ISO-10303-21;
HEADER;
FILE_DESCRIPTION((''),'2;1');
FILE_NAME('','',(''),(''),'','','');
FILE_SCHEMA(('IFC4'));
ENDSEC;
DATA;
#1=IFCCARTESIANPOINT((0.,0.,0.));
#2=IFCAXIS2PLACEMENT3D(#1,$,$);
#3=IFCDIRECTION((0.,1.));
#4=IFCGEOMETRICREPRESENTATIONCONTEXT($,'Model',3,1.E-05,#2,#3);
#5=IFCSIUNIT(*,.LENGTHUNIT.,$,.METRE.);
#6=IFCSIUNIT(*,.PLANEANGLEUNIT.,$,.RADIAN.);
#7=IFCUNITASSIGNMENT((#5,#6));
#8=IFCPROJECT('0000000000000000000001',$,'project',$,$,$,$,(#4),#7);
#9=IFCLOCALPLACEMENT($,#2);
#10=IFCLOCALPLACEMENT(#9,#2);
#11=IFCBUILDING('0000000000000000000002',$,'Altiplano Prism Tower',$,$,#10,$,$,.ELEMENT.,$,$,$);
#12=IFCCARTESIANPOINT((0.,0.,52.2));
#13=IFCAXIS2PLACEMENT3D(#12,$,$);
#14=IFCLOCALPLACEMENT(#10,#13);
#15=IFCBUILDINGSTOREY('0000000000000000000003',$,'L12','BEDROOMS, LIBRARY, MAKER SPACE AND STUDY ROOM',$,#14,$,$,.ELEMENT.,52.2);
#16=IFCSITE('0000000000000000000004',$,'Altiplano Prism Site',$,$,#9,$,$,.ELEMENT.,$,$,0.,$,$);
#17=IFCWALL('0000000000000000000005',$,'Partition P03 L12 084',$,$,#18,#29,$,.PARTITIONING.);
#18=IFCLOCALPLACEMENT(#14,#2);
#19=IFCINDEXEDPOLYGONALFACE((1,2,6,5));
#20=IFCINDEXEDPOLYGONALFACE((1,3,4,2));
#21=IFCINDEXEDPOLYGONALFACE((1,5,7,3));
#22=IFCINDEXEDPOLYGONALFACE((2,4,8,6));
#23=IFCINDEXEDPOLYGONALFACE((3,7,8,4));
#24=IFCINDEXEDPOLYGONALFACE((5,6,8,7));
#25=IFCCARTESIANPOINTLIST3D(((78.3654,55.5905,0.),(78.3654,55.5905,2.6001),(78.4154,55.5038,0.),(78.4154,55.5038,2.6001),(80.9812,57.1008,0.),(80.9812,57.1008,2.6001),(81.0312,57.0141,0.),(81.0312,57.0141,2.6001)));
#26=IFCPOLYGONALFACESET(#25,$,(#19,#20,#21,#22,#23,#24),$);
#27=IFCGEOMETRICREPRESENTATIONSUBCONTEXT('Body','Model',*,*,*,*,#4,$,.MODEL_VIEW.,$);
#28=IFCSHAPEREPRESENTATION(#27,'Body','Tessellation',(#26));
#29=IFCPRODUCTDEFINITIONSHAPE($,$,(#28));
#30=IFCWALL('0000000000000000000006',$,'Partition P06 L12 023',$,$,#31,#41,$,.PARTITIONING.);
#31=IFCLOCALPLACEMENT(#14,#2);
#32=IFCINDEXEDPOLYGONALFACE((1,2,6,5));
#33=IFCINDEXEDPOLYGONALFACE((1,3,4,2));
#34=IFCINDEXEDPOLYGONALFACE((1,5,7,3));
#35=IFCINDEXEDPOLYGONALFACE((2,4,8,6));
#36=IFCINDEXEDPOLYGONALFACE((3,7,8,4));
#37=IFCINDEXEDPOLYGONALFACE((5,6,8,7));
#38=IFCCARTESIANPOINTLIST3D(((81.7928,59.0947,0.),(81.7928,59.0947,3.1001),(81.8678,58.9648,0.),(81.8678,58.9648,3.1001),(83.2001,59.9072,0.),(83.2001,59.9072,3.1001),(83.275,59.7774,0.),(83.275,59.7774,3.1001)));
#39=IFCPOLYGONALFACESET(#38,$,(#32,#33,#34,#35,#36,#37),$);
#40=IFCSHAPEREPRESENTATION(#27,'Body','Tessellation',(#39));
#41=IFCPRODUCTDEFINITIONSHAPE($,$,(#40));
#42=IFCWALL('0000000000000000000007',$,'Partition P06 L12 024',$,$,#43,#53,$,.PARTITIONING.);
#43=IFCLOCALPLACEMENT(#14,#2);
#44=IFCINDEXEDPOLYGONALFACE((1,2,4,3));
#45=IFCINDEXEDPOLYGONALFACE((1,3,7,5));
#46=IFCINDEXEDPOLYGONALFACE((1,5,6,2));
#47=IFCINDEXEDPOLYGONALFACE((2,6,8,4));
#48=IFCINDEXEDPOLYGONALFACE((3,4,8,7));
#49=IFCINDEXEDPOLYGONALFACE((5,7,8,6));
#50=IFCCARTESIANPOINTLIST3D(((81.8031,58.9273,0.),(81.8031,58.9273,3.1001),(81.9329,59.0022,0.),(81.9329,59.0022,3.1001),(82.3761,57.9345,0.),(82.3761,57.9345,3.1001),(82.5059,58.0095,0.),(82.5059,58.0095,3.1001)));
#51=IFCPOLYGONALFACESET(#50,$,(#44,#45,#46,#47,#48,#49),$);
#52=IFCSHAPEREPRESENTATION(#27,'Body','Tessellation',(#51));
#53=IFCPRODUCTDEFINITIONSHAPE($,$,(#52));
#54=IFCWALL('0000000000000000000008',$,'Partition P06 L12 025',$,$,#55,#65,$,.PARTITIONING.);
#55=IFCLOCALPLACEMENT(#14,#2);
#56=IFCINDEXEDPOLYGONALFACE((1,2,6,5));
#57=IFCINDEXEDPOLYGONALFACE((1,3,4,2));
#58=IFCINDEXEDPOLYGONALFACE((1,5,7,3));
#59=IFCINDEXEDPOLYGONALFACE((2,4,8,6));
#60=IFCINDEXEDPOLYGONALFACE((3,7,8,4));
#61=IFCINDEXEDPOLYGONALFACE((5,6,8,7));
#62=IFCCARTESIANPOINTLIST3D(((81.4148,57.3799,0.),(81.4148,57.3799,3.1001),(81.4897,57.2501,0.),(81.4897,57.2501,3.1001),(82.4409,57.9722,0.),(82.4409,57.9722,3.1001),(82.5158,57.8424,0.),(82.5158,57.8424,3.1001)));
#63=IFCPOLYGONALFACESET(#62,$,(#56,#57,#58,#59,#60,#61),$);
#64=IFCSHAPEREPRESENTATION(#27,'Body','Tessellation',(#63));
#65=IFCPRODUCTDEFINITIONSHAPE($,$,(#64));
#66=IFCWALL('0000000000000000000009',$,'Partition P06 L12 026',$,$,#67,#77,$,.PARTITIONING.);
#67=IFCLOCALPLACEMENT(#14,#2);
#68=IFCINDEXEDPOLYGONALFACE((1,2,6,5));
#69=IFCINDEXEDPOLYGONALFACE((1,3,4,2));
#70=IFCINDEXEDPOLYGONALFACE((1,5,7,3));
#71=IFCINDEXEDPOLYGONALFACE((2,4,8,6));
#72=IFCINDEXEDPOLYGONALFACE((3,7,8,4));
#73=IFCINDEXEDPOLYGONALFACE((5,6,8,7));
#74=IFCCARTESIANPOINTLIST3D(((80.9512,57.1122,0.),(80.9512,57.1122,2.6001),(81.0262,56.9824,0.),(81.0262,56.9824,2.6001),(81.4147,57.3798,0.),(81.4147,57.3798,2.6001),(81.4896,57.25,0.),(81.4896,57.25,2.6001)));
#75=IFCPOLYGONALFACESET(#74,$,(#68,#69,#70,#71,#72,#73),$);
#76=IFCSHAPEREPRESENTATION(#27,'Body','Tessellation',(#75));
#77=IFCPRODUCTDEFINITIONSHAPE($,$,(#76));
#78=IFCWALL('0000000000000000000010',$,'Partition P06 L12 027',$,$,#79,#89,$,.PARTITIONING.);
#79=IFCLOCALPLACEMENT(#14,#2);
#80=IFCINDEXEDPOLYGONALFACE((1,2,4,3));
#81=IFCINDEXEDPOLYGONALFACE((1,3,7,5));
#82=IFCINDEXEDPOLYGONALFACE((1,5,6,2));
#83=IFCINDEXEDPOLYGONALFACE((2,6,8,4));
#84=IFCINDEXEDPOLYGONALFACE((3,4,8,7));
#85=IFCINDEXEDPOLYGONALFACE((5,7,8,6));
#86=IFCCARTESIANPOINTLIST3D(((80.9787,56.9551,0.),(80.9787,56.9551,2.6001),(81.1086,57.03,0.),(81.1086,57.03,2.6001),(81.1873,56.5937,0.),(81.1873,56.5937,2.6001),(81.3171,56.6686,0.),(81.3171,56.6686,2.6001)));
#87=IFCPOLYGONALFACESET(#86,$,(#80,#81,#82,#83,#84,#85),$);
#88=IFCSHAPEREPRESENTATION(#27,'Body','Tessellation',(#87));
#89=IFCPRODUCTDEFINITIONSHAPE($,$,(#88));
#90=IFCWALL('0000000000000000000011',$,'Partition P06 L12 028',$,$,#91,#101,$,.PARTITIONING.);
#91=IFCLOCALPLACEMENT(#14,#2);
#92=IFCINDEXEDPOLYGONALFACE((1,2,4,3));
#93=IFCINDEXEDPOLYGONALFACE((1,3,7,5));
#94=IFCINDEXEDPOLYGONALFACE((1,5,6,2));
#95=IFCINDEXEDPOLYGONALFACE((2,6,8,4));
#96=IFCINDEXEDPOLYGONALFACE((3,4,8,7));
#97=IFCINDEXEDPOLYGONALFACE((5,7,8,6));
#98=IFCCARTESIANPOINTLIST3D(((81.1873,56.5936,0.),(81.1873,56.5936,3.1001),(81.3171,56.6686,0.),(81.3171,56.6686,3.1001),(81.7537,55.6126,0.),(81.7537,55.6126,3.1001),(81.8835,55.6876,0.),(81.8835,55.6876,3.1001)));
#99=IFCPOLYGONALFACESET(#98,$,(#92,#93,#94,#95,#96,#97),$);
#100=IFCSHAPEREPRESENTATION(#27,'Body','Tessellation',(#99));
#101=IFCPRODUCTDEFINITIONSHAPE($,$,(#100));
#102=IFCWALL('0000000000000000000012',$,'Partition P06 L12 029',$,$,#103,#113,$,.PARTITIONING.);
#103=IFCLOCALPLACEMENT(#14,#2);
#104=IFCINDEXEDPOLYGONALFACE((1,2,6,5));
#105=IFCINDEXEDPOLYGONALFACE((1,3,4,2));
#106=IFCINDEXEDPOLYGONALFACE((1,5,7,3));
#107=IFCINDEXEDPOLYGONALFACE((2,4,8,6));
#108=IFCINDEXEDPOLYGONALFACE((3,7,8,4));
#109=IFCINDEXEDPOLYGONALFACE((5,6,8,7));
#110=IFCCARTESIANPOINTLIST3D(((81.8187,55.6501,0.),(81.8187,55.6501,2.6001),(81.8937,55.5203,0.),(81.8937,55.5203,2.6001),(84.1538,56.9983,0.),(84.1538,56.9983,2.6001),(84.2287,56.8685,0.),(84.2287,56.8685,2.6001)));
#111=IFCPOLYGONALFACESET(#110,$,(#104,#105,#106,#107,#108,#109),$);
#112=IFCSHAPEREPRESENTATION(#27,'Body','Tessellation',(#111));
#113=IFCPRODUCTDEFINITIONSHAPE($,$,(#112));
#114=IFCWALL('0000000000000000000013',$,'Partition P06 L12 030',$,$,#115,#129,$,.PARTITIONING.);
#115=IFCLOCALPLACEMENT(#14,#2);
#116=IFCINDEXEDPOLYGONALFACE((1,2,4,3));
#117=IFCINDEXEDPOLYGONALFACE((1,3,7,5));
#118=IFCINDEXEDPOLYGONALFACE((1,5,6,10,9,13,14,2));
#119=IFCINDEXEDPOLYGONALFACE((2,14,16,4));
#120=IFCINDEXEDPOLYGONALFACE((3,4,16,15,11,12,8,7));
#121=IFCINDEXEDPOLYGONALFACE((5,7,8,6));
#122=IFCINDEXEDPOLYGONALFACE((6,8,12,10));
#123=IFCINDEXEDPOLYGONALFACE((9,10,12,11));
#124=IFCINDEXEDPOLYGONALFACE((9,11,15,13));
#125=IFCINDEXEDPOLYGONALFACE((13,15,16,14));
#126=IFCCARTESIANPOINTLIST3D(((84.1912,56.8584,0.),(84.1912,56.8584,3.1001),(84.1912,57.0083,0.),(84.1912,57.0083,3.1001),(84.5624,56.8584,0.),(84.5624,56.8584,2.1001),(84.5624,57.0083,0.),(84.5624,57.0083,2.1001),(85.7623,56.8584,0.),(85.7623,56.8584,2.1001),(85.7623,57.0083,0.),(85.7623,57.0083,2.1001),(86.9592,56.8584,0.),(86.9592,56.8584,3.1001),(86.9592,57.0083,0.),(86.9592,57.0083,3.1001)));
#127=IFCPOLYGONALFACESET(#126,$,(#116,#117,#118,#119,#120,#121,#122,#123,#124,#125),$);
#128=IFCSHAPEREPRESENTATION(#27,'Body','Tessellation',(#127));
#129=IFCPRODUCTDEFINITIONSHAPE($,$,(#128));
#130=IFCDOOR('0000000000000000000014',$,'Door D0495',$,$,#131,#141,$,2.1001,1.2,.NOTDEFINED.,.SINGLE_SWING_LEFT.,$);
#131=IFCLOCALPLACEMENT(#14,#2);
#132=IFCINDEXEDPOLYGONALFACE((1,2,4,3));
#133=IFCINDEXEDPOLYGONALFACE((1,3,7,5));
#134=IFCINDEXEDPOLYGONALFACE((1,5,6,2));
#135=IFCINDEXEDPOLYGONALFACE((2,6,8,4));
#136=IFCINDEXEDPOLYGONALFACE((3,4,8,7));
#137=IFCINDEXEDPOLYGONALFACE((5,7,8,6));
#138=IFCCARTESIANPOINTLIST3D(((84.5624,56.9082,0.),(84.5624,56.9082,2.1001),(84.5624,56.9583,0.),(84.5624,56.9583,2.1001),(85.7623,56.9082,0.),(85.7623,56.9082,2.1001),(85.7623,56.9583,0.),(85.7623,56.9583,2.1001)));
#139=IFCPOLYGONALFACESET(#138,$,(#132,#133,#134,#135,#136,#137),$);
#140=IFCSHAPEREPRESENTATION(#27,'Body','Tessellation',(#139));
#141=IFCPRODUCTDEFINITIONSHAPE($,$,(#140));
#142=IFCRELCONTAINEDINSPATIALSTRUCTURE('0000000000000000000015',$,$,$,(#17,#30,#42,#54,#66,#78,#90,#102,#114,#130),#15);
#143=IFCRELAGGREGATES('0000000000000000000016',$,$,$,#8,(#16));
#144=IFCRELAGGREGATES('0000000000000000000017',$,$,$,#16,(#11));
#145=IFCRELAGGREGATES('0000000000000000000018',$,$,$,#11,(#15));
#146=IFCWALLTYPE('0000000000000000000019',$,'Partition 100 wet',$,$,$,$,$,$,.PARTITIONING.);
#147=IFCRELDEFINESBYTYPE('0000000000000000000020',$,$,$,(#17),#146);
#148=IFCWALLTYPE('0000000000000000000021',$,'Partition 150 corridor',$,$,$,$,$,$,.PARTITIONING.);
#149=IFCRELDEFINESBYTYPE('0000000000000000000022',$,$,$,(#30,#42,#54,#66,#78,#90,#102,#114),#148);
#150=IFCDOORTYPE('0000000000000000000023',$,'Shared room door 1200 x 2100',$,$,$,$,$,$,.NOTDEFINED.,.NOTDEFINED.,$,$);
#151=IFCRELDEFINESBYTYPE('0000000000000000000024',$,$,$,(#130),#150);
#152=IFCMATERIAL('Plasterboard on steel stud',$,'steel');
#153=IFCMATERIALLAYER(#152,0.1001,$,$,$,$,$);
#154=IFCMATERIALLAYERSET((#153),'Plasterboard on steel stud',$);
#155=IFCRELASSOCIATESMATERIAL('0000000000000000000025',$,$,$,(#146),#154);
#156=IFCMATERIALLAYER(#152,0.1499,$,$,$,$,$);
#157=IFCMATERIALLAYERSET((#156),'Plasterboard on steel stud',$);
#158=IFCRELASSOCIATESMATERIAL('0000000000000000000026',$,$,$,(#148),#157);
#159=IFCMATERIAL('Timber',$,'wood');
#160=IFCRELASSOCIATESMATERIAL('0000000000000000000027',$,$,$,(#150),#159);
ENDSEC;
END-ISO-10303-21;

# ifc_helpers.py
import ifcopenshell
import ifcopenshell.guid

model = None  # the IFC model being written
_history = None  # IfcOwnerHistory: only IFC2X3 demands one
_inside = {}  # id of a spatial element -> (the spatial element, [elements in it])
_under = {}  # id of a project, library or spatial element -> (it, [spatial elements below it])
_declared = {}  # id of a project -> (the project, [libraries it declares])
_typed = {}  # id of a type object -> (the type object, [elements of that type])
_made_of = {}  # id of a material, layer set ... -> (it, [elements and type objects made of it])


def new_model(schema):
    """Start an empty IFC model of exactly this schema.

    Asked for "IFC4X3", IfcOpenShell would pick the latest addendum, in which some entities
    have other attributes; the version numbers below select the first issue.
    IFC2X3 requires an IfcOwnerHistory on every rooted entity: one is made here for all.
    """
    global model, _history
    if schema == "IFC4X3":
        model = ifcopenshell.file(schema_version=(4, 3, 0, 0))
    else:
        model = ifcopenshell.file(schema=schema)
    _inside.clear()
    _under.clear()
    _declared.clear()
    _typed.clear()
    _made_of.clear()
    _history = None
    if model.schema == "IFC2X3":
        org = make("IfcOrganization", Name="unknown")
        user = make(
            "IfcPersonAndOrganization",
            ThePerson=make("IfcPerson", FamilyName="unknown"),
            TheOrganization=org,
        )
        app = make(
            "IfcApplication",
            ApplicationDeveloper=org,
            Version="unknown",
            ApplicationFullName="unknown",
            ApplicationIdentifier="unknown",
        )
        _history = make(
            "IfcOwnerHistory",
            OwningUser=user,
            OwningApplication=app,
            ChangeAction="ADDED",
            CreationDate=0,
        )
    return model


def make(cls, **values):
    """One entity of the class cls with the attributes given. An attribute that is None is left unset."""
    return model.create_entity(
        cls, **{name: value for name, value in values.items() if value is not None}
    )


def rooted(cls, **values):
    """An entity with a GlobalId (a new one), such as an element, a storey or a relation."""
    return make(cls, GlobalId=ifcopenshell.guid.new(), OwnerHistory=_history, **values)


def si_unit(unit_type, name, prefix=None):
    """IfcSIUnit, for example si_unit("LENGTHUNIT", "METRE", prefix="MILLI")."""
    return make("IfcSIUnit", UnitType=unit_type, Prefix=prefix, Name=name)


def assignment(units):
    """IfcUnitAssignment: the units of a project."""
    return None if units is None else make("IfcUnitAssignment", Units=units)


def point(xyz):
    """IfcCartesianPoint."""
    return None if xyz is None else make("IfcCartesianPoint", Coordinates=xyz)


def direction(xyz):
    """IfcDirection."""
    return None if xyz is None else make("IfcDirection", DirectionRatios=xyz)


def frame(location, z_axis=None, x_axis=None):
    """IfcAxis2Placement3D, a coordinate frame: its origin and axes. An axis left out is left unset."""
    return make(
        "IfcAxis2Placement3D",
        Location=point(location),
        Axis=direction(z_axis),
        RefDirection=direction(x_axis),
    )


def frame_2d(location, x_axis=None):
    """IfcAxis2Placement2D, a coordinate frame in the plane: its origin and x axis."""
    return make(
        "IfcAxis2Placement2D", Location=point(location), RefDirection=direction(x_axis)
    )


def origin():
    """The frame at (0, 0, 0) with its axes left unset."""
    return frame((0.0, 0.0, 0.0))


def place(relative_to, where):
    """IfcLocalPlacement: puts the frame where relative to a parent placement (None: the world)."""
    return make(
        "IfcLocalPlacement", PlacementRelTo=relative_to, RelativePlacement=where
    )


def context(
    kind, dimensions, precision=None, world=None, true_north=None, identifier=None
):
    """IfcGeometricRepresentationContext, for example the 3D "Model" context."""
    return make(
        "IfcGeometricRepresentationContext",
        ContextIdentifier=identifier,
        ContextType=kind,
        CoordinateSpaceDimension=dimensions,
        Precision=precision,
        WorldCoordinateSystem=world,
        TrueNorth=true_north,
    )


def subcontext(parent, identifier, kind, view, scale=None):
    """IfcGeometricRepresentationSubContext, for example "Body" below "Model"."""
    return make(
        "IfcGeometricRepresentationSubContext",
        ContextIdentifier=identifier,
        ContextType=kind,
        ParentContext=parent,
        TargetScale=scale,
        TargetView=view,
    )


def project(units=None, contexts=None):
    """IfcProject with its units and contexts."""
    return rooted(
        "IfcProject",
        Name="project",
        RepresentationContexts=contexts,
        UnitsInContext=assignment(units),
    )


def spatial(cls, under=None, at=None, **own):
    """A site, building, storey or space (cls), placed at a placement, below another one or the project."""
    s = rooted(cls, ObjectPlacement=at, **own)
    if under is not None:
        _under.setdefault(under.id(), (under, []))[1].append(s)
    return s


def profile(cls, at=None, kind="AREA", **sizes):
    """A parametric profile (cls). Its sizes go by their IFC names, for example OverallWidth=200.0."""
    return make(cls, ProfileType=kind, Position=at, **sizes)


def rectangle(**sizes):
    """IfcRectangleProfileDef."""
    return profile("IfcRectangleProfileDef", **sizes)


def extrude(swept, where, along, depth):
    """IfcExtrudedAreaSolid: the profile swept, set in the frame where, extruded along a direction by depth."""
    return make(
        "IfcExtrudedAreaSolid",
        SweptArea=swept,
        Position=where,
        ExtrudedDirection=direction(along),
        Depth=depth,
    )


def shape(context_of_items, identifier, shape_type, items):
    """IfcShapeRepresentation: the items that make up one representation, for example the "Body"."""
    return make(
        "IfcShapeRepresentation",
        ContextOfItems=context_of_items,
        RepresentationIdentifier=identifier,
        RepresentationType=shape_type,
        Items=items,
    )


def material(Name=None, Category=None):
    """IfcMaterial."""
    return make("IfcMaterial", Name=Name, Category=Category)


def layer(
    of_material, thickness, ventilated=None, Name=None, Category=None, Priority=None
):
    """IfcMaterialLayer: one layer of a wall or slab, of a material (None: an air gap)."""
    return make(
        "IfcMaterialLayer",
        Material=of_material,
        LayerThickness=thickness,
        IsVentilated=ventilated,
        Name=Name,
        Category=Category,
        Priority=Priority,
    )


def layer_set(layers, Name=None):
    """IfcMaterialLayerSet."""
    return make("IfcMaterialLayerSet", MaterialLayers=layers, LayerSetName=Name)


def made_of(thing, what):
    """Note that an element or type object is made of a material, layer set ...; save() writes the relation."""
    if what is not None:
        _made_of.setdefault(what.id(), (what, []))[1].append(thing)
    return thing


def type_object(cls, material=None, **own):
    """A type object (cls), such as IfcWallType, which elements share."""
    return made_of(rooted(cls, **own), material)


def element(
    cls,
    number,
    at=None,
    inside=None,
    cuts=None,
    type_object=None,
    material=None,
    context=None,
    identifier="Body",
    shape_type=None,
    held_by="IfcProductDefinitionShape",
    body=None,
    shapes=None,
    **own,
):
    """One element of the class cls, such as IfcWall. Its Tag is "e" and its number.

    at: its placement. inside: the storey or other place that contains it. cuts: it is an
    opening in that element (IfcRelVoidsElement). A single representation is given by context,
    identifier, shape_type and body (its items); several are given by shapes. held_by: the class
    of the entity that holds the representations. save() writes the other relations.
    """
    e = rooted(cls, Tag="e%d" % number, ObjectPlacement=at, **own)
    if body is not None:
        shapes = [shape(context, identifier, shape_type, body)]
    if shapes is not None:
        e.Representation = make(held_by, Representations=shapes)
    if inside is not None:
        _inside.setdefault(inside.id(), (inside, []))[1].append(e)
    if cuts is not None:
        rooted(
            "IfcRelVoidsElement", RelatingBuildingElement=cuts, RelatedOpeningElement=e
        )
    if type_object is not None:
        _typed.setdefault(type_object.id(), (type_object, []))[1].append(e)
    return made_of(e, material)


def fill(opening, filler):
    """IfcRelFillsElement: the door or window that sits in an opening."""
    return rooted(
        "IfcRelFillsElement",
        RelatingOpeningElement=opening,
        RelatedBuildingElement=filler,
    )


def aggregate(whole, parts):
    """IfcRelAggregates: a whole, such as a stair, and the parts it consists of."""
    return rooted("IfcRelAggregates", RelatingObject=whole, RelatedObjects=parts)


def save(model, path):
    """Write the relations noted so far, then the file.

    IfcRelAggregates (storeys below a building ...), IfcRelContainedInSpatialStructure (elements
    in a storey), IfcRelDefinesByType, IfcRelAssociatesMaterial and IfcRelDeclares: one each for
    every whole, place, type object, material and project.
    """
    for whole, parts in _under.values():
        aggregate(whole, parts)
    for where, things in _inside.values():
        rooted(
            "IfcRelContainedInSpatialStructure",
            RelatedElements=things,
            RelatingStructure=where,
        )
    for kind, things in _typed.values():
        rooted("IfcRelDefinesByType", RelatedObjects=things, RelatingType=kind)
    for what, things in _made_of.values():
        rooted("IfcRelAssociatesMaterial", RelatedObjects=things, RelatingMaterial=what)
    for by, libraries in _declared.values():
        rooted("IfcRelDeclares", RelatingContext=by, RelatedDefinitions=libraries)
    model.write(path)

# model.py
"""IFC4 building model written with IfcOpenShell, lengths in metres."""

from ifc_helpers import new_model, si_unit, direction, frame, frame_2d, origin, place, context, subcontext, project, spatial, rectangle, extrude, material, layer, layer_set, type_object, element, fill, save


model = new_model("IFC4")

# Units and contexts
model_context = context("Model", 3, precision=1e-05, world=origin(), true_north=direction((0.0, 1.0)))
body_context = subcontext(model_context, "Body", "Model", "MODEL_VIEW")
ifc_project = project(units=[si_unit("LENGTHUNIT", "METRE"), si_unit("PLANEANGLEUNIT", "RADIAN")], contexts=[model_context])

# Site, building, storey
site_placement = place(None, origin())
site = spatial("IfcSite", under=ifc_project, at=site_placement, Name="Altiplano Prism Site", CompositionType="ELEMENT", RefElevation=0.0)
building_placement = place(site_placement, origin())
building = spatial("IfcBuilding", under=site, at=building_placement, Name="Altiplano Prism Tower", CompositionType="ELEMENT")
storey_placement = place(building_placement, frame((0.0, 0.0, 52.2)))
storey = spatial("IfcBuildingStorey", under=building, at=storey_placement, Name="L12", Description="BEDROOMS, LIBRARY, MAKER SPACE AND STUDY ROOM", CompositionType="ELEMENT", Elevation=52.2)

# Shared definitions
ifc_material_1 = material(Name="Plasterboard on steel stud", Category="steel")
ifc_material_2 = material(Name="Timber", Category="wood")

# Walls
ifc_layer_1 = layer(ifc_material_1, 0.1001)
ifc_layer_set_1 = layer_set([ifc_layer_1], Name="Plasterboard on steel stud")
wall_type_1 = type_object("IfcWallType", Name="Partition 100 wet", PredefinedType="PARTITIONING", material=ifc_layer_set_1)
wall_1_placement = place(storey_placement, frame((78.3904, 55.5471, 0.0), z_axis=(0.0, 0.0, 1.0), x_axis=(0.866016, 0.500016, 0.0)))
element("IfcWall", 1, at=wall_1_placement, inside=storey, type_object=wall_type_1, Name="Partition P03 L12 084", PredefinedType="PARTITIONING", context=body_context, shape_type="SweptSolid", body=[
    extrude(rectangle(XDim=3.0205, YDim=0.1001, at=frame_2d((1.5103, 0.0))), origin(), (0.0, 0.0, 1.0), 2.6001),
])
ifc_layer_2 = layer(ifc_material_1, 0.1499)
ifc_layer_set_2 = layer_set([ifc_layer_2], Name="Plasterboard on steel stud")
wall_type_2 = type_object("IfcWallType", Name="Partition 150 corridor", PredefinedType="PARTITIONING", material=ifc_layer_set_2)
wall_2_placement = place(storey_placement, frame((83.2375, 59.8423, 0.0), z_axis=(0.0, 0.0, 1.0), x_axis=(-0.866015, -0.500017, 0.0)))
element("IfcWall", 2, at=wall_2_placement, inside=storey, type_object=wall_type_2, Name="Partition P06 L12 023", PredefinedType="PARTITIONING", context=body_context, shape_type="SweptSolid", body=[
    extrude(rectangle(XDim=1.625, YDim=0.1499, at=frame_2d((0.8125, 0.0))), origin(), (0.0, 0.0, 1.0), 3.1001),
])
wall_3_placement = place(storey_placement, frame((81.8679, 58.9648, 0.0), z_axis=(0.0, 0.0, 1.0), x_axis=(0.499919, -0.866072, 0.0)))
element("IfcWall", 3, at=wall_3_placement, inside=storey, type_object=wall_type_2, Name="Partition P06 L12 024", PredefinedType="PARTITIONING", context=body_context, shape_type="SweptSolid", body=[
    extrude(rectangle(XDim=1.1462, YDim=0.1499, at=frame_2d((0.5732, 0.0))), origin(), (0.0, 0.0, 1.0), 3.1001),
])
wall_4_placement = place(storey_placement, frame((82.4783, 57.9072, 0.0), z_axis=(0.0, 0.0, 1.0), x_axis=(-0.866079, -0.499907, 0.0)))
element("IfcWall", 4, at=wall_4_placement, inside=storey, type_object=wall_type_2, Name="Partition P06 L12 025", PredefinedType="PARTITIONING", context=body_context, shape_type="SweptSolid", body=[
    extrude(rectangle(XDim=1.1848, YDim=0.1499, at=frame_2d((0.5923, 0.0))), origin(), (0.0, 0.0, 1.0), 3.1001),
])
wall_5_placement = place(storey_placement, frame((81.4521, 57.3149, 0.0), z_axis=(0.0, 0.0, 1.0), x_axis=(-0.865988, -0.500065, 0.0)))
element("IfcWall", 5, at=wall_5_placement, inside=storey, type_object=wall_type_2, Name="Partition P06 L12 026", PredefinedType="PARTITIONING", context=body_context, shape_type="SweptSolid", body=[
    extrude(rectangle(XDim=0.5352, YDim=0.1499, at=frame_2d((0.2676, 0.0))), origin(), (0.0, 0.0, 1.0), 2.6001),
])
wall_6_placement = place(storey_placement, frame((81.0437, 56.9924, 0.0), z_axis=(0.0, 0.0, 1.0), x_axis=(0.49979, -0.866147, 0.0)))
element("IfcWall", 6, at=wall_6_placement, inside=storey, type_object=wall_type_2, Name="Partition P06 L12 027", PredefinedType="PARTITIONING", context=body_context, shape_type="SweptSolid", body=[
    extrude(rectangle(XDim=0.4172, YDim=0.1499, at=frame_2d((0.2085, 0.0))), origin(), (0.0, 0.0, 1.0), 2.6001),
])
wall_7_placement = place(storey_placement, frame((81.2522, 56.6311, 0.0), z_axis=(0.0, 0.0, 1.0), x_axis=(0.500033, -0.866006, 0.0)))
element("IfcWall", 7, at=wall_7_placement, inside=storey, type_object=wall_type_2, Name="Partition P06 L12 028", PredefinedType="PARTITIONING", context=body_context, shape_type="SweptSolid", body=[
    extrude(rectangle(XDim=1.1328, YDim=0.1499, at=frame_2d((0.5664, 0.0))), origin(), (0.0, 0.0, 1.0), 3.1001),
])
wall_8_placement = place(storey_placement, frame((81.8562, 55.5852, 0.0), z_axis=(0.0, 0.0, 1.0), x_axis=(0.866017, 0.500015, 0.0)))
element("IfcWall", 8, at=wall_8_placement, inside=storey, type_object=wall_type_2, Name="Partition P06 L12 029", PredefinedType="PARTITIONING", context=body_context, shape_type="SweptSolid", body=[
    extrude(rectangle(XDim=2.6963, YDim=0.1499, at=frame_2d((1.3481, 0.0))), origin(), (0.0, 0.0, 1.0), 2.6001),
])

# Wall, opening, door
wall_9_placement = place(storey_placement, frame((84.1912, 56.9333, 0.0), z_axis=(0.0, 0.0, 1.0), x_axis=(1.0, 0.0, 0.0)))
wall_9 = element("IfcWall", 9, at=wall_9_placement, inside=storey, type_object=wall_type_2, Name="Partition P06 L12 030", PredefinedType="PARTITIONING", context=body_context, shape_type="SweptSolid", body=[
    extrude(rectangle(XDim=2.7681, YDim=0.1499, at=frame_2d((1.384, 0.0))), origin(), (0.0, 0.0, 1.0), 3.1001),
])
opening_1_placement = place(wall_9_placement, frame((0.3711, 0.0, 0.0)))
opening_1 = element("IfcOpeningElement", 10, at=opening_1_placement, cuts=wall_9, PredefinedType="OPENING", context=body_context, shape_type="SweptSolid", body=[
    extrude(rectangle(XDim=1.2, YDim=2.1001, at=frame_2d((0.6001, 1.05))), frame((0.0, 0.0854, 0.0), z_axis=(0.0, -1.0, 0.0), x_axis=(1.0, 0.0, 0.0)), (0.0, 0.0, 1.0), 0.1709),
])
door_type_1 = type_object("IfcDoorType", Name="Shared room door 1200 x 2100", OperationType="NOTDEFINED", PredefinedType="NOTDEFINED", material=ifc_material_2)
door_1_placement = place(opening_1_placement, origin())
door_1 = element("IfcDoor", 11, at=door_1_placement, inside=storey, type_object=door_type_1, Name="Door D0495", OperationType="SINGLE_SWING_LEFT", OverallHeight=2.1001, OverallWidth=1.2, PredefinedType="NOTDEFINED", context=body_context, shape_type="SweptSolid", body=[
    extrude(rectangle(XDim=1.2, YDim=2.1001, at=frame_2d((0.6001, 1.05))), frame((0.0, 0.0249, 0.0), z_axis=(0.0, -1.0, 0.0), x_axis=(1.0, 0.0, 0.0)), (0.0, 0.0, 1.0), 0.05),
])
fill(opening_1, door_1)

save(model, "model.ifc")
